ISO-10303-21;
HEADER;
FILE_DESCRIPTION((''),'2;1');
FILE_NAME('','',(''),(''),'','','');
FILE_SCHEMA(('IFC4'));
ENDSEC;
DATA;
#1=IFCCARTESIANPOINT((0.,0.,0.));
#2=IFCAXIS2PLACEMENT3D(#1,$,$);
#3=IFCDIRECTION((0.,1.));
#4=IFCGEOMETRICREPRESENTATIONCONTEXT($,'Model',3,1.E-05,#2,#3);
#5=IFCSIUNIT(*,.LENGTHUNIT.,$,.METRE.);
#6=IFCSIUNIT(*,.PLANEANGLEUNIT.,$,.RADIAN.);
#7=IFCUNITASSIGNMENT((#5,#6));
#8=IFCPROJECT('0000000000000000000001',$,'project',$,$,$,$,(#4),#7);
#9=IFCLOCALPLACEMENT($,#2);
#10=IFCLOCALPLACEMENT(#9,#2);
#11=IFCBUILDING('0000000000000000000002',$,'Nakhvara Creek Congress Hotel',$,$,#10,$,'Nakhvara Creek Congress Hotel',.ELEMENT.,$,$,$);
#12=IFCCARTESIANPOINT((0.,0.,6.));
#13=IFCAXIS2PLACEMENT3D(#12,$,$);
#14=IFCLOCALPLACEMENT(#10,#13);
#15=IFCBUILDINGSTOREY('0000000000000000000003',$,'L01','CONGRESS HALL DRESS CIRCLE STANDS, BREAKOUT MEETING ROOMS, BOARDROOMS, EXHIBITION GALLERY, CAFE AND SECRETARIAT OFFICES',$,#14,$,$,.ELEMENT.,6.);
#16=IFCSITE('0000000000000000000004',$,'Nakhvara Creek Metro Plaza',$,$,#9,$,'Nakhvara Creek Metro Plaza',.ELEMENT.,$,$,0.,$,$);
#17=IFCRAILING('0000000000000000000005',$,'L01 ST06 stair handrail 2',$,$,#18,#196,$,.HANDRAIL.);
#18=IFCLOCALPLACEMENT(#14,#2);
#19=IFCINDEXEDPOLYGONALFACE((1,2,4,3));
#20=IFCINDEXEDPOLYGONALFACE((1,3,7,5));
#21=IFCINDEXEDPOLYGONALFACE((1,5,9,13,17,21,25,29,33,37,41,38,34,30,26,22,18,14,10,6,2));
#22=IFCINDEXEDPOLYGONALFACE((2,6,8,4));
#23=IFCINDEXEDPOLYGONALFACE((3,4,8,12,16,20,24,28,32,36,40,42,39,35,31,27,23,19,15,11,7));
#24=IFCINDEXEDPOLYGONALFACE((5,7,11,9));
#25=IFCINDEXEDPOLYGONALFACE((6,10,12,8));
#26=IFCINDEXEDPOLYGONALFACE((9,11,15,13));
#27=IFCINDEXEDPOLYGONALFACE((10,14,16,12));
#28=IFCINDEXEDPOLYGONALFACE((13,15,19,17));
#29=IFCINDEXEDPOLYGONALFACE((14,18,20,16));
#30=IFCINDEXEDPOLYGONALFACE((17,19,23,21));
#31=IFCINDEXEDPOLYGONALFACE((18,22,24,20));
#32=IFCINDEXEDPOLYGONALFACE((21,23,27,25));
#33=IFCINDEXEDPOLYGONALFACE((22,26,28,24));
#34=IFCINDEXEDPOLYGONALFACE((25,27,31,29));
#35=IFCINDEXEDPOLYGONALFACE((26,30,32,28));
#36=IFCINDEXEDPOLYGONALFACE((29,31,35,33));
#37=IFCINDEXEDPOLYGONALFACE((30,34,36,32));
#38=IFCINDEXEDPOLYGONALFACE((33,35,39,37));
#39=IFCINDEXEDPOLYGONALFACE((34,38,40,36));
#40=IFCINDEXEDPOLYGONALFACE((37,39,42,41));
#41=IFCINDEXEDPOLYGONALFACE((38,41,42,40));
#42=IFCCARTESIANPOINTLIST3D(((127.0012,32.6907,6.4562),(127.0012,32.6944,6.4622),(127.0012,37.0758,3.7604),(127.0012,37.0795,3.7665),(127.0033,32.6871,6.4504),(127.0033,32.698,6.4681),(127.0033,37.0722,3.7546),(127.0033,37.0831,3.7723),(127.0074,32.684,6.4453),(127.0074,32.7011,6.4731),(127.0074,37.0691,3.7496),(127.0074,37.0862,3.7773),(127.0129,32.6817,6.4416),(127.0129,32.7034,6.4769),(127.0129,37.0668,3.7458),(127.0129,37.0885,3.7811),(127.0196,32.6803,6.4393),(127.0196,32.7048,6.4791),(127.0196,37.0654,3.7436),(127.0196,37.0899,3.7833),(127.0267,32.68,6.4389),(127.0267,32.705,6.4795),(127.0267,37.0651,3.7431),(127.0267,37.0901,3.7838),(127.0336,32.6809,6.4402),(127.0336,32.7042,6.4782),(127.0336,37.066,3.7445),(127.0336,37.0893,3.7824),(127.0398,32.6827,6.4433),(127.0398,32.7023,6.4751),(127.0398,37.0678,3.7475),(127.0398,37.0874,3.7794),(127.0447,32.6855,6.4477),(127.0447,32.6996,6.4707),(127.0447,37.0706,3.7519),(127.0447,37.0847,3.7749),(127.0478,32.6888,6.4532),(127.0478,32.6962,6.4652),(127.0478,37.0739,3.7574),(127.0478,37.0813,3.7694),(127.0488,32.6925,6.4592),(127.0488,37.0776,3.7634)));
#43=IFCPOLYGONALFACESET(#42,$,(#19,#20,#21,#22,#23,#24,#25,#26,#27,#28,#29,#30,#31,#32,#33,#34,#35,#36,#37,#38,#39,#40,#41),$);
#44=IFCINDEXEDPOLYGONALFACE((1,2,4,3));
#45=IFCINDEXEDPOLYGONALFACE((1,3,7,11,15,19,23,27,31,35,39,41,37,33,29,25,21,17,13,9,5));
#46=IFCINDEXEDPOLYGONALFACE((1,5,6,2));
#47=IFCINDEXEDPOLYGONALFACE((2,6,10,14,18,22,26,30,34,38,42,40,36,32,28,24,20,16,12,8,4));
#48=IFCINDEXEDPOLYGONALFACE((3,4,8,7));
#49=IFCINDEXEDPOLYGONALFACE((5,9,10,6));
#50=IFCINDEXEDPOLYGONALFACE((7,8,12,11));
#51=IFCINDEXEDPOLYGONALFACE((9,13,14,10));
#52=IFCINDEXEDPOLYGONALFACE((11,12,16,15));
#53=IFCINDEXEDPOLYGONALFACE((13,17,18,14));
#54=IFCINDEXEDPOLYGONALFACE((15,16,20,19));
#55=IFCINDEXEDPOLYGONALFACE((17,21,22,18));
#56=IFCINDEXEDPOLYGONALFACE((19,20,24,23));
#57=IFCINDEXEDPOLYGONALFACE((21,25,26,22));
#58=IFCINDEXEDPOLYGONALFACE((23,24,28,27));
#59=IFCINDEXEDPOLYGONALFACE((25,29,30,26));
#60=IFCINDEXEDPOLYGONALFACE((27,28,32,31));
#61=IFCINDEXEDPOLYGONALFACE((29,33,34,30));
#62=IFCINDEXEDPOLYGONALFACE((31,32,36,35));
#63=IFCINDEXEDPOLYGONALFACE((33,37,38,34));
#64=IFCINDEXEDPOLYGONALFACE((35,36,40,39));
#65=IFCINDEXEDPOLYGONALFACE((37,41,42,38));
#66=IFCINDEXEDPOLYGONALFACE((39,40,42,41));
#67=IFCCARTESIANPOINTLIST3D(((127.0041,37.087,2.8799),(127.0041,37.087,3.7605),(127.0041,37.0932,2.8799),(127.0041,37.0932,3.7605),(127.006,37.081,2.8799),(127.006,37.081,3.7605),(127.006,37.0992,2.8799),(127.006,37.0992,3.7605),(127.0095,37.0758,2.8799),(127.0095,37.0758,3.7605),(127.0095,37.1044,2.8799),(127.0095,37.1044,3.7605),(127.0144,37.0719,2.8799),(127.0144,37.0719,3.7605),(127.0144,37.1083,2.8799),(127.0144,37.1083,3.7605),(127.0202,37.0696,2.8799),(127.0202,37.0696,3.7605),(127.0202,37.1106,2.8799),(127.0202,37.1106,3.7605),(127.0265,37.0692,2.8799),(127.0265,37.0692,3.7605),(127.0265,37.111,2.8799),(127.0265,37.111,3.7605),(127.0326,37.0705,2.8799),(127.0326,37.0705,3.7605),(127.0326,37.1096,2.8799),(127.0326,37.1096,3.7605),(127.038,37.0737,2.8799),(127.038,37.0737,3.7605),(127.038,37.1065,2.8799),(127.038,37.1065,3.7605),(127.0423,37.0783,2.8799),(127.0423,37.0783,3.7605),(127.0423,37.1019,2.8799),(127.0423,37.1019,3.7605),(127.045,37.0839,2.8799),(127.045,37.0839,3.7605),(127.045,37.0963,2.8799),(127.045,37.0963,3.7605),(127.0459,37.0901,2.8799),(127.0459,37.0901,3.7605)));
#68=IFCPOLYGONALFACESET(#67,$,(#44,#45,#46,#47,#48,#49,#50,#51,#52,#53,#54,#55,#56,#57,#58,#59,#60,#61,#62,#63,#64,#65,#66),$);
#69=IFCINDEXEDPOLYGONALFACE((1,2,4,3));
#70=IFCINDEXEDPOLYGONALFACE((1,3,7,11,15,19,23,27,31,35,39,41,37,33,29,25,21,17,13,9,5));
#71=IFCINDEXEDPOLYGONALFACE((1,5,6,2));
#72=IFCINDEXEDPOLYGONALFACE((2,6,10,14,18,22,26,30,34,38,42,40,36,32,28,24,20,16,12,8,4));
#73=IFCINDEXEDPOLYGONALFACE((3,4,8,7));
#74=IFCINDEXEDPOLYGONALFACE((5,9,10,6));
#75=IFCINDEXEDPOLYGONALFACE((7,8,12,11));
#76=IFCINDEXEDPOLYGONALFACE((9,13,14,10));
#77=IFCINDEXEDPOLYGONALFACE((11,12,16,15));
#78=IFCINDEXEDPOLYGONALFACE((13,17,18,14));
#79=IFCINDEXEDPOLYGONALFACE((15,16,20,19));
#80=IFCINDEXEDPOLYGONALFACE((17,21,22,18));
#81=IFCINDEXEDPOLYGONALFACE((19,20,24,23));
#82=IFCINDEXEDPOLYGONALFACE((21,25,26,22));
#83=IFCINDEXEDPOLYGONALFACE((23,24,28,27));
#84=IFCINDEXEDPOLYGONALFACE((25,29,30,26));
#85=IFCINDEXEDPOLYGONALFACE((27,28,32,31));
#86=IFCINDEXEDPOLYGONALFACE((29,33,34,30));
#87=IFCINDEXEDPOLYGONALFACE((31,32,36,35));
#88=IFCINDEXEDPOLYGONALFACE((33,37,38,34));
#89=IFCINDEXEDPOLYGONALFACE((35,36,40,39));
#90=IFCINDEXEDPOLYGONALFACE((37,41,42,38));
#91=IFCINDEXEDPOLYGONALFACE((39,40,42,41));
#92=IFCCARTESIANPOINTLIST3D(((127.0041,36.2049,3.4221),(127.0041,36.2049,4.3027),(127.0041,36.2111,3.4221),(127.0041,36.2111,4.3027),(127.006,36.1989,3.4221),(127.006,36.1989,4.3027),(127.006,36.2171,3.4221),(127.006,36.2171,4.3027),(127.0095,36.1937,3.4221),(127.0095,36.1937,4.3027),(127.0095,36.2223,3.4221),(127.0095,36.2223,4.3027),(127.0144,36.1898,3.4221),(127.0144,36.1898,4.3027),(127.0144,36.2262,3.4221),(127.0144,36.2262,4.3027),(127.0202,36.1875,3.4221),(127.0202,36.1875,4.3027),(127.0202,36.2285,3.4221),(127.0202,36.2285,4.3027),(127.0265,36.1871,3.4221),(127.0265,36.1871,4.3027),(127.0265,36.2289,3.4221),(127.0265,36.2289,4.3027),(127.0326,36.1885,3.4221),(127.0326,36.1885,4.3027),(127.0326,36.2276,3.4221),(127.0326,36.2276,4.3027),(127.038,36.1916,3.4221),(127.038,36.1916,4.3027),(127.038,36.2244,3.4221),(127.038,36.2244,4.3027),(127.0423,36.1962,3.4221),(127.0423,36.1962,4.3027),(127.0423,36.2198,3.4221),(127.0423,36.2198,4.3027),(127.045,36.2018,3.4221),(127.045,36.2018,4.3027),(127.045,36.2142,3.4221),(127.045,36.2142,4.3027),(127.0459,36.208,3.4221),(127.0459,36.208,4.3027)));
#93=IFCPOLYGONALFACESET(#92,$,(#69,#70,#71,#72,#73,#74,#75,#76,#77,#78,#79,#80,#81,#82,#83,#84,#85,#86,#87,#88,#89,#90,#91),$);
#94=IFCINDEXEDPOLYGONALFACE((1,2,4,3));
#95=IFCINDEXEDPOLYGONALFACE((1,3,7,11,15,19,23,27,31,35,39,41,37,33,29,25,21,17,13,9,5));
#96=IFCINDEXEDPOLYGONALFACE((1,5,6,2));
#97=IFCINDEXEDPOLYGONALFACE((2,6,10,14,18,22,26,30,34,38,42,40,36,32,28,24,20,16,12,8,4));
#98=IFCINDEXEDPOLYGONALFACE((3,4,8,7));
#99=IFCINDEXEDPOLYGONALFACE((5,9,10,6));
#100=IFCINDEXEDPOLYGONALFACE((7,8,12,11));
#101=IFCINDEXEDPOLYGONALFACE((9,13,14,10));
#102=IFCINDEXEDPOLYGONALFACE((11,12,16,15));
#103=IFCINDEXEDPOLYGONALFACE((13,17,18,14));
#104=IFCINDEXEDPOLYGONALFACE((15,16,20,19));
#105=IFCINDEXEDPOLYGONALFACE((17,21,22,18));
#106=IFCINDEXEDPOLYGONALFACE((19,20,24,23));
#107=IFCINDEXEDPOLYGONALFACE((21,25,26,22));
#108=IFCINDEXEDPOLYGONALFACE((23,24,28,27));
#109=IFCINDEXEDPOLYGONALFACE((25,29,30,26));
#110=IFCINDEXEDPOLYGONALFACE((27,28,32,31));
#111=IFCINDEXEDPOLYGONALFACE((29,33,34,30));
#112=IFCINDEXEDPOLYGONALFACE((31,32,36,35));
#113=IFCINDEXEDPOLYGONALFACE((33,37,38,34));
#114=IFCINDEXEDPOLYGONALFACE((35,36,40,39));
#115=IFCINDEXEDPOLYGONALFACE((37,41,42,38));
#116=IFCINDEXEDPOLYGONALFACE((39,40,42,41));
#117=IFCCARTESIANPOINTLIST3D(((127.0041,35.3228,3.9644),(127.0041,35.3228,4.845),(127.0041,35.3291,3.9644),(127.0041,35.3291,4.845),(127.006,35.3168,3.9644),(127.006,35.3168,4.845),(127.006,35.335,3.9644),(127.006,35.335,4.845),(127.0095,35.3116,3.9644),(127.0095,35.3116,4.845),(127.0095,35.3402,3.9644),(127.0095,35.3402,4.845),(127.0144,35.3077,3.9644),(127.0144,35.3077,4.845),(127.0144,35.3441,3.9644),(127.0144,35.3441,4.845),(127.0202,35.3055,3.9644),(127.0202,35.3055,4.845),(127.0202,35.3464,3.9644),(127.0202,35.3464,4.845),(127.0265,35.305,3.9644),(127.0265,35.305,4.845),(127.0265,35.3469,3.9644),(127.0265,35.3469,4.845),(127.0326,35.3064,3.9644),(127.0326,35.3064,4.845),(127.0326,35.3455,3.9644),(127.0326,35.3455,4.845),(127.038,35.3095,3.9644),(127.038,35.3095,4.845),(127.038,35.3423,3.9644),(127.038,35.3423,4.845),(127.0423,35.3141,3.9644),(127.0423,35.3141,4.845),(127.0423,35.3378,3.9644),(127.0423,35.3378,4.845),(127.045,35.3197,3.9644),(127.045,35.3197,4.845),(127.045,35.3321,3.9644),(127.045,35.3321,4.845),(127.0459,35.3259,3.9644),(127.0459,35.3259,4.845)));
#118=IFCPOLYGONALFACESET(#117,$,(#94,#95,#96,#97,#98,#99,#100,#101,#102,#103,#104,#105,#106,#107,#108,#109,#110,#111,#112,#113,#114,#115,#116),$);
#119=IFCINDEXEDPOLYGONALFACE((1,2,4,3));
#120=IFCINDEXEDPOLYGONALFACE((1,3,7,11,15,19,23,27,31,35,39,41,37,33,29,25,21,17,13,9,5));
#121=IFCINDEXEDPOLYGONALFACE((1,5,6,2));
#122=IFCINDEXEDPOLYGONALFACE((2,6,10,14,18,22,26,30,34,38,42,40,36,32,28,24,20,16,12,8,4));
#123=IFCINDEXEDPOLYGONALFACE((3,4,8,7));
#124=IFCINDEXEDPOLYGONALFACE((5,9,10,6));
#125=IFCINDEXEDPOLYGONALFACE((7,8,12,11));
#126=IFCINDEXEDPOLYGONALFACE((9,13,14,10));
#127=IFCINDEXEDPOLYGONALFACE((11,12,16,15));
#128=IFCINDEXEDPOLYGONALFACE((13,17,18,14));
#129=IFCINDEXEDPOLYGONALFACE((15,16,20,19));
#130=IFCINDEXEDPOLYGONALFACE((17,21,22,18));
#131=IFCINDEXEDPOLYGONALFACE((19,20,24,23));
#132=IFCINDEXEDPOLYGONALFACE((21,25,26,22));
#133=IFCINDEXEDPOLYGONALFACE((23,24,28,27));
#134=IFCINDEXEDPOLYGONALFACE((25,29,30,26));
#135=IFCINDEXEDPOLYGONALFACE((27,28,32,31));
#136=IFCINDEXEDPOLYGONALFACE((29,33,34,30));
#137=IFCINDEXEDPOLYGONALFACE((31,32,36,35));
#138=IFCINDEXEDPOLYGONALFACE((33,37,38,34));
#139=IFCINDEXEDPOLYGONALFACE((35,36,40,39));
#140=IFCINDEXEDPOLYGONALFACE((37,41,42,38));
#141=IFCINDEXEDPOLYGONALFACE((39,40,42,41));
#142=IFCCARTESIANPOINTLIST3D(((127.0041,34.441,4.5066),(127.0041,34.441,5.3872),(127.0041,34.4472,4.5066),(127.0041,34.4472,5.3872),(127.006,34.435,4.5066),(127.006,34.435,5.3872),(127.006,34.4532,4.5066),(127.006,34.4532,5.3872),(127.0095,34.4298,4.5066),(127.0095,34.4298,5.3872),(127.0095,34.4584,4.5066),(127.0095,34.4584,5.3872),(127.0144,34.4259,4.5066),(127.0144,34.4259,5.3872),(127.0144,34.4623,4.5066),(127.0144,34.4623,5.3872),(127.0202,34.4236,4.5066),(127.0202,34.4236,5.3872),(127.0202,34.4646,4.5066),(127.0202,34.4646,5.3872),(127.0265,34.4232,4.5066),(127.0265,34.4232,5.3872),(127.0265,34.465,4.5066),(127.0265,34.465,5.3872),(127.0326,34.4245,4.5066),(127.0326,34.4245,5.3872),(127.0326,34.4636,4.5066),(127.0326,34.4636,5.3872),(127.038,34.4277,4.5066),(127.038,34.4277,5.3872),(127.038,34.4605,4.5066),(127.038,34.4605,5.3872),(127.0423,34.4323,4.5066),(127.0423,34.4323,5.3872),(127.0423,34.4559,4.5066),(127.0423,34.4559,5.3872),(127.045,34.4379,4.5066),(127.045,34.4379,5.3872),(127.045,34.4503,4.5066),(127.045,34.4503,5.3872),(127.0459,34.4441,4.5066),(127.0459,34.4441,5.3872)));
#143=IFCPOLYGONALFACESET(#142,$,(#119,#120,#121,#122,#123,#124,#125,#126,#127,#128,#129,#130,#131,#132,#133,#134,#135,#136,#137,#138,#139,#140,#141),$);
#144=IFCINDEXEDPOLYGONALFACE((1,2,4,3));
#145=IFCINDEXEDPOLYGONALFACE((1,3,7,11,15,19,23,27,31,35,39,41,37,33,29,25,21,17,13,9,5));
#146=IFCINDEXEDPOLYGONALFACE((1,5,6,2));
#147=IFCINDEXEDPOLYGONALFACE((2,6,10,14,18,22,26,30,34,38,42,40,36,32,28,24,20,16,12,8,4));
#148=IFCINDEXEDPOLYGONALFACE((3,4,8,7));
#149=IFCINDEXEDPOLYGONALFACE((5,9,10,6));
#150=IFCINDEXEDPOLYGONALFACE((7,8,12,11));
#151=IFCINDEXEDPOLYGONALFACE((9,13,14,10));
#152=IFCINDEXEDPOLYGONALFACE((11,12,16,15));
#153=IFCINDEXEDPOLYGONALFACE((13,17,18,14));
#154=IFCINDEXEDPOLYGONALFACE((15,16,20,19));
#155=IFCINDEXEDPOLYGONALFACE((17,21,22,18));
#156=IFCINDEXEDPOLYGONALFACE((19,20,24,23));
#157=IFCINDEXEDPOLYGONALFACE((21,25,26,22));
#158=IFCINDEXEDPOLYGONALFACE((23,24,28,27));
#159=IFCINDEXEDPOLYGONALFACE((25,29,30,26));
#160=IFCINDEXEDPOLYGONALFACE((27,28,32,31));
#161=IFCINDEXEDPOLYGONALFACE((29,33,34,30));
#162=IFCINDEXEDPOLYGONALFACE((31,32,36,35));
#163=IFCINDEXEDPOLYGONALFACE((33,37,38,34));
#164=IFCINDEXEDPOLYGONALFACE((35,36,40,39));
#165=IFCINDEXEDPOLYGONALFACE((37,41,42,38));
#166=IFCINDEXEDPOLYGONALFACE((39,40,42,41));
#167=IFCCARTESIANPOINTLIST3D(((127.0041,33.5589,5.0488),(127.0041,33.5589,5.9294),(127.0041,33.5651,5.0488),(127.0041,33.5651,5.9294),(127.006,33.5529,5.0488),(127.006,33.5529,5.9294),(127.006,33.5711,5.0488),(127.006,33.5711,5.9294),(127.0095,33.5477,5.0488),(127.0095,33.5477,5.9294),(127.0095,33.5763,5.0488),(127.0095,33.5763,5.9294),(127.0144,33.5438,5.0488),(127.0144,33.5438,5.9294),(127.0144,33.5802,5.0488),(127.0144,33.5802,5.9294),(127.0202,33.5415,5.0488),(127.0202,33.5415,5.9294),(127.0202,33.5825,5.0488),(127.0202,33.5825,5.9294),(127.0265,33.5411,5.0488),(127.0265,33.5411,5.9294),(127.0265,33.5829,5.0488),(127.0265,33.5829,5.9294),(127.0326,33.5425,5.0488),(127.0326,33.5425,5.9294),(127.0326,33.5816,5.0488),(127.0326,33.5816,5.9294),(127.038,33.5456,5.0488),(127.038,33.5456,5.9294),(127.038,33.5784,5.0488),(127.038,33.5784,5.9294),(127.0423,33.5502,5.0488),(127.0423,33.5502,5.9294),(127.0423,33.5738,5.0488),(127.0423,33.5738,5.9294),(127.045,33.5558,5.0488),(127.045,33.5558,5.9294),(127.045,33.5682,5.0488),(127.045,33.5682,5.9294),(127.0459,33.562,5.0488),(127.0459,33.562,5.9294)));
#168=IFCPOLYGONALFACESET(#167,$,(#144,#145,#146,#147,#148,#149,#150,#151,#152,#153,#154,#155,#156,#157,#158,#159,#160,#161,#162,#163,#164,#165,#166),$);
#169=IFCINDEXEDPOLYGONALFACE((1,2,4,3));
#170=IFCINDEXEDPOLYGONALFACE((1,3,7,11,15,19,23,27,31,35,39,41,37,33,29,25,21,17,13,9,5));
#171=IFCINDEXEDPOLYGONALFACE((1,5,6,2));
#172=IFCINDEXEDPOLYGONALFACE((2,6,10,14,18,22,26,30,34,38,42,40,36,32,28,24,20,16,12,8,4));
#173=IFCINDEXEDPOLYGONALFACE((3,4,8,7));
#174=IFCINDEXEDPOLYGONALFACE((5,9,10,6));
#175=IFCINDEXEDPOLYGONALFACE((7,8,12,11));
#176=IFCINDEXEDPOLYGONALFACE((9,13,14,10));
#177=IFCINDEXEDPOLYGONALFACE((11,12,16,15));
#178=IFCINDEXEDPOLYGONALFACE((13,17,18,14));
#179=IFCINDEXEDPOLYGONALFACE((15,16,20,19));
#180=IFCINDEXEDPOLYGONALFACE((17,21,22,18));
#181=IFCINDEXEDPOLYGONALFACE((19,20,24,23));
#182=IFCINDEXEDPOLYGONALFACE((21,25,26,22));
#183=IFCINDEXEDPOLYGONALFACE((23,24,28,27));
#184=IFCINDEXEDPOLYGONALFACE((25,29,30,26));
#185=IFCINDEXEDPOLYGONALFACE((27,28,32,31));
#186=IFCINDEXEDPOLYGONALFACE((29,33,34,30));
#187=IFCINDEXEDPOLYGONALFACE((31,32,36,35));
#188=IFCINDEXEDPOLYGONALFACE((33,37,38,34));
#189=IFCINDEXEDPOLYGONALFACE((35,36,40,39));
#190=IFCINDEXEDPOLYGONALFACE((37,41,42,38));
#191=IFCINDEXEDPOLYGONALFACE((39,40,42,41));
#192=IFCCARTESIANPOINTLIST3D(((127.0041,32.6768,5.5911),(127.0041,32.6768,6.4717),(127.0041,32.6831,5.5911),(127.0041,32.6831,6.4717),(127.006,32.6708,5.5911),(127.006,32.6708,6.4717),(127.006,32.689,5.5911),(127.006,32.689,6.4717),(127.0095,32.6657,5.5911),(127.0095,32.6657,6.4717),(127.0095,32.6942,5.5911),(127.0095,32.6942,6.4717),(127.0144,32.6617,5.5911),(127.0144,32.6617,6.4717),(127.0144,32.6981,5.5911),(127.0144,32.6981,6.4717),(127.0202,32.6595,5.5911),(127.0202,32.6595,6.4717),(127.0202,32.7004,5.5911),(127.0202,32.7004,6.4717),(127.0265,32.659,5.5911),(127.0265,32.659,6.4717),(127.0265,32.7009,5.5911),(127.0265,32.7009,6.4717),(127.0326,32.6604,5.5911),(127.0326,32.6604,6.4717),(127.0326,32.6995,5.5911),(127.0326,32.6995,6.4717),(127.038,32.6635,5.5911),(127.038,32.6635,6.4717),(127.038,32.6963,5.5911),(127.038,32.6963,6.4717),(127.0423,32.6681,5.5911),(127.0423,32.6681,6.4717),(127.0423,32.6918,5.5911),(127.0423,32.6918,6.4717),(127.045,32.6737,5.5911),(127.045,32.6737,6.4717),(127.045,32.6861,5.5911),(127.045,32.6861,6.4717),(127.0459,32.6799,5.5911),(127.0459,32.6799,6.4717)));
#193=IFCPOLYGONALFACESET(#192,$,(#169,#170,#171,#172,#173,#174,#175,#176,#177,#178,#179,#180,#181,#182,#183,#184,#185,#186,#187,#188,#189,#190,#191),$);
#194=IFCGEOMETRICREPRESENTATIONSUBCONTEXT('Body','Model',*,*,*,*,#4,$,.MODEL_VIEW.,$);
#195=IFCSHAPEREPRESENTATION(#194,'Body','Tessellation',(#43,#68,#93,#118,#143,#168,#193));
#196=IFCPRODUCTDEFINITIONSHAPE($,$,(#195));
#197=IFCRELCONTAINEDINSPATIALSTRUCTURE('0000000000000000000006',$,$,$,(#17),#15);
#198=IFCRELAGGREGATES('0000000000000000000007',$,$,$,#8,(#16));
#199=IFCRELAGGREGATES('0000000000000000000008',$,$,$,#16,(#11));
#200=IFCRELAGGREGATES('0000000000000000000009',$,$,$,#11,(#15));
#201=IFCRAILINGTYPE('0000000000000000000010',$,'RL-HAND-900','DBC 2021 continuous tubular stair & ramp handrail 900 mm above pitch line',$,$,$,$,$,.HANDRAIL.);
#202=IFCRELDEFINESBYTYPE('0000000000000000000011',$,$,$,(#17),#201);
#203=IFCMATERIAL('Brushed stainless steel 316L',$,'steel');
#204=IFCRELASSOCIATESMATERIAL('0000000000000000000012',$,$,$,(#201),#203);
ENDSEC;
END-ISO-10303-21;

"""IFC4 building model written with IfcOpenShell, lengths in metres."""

from ifc_helpers import new_model, si_unit, direction, frame, origin, origin_2d, place, context, subcontext, project, spatial, circle, extrude, material, type_object, element, save


model = new_model("IFC4")

# Units and contexts
model_context = context("Model", 3, precision=1e-05, world=origin(), true_north=direction((0.0, 1.0)))
body_context = subcontext(model_context, "Body", "Model", "MODEL_VIEW")
ifc_project = project(units=[si_unit("LENGTHUNIT", "METRE"), si_unit("PLANEANGLEUNIT", "RADIAN")], contexts=[model_context])

# Site, building, storey
site_placement = place(None, origin())
site = spatial("IfcSite", under=ifc_project, at=site_placement, Name="Nakhvara Creek Metro Plaza", LongName="Nakhvara Creek Metro Plaza", CompositionType="ELEMENT", RefElevation=0.0)
building_placement = place(site_placement, origin())
building = spatial("IfcBuilding", under=site, at=building_placement, Name="Nakhvara Creek Congress Hotel", LongName="Nakhvara Creek Congress Hotel", CompositionType="ELEMENT")
storey_placement = place(building_placement, frame((0.0, 0.0, 6.0)))
storey = spatial("IfcBuildingStorey", under=building, at=storey_placement, Name="L01", Description="CONGRESS HALL DRESS CIRCLE STANDS, BREAKOUT MEETING ROOMS, BOARDROOMS, EXHIBITION GALLERY, CAFE AND SECRETARIAT OFFICES", CompositionType="ELEMENT", Elevation=6.0)

# Railing
ifc_material_1 = material(Name="Brushed stainless steel 316L", Category="steel")
railing_type_1 = type_object("IfcRailingType", Name="RL-HAND-900", Description="DBC 2021 continuous tubular stair & ramp handrail 900 mm above pitch line", PredefinedType="HANDRAIL", material=ifc_material_1)
railing_1_placement = place(storey_placement, frame((127.0249, 37.0901, 2.8799)))
element("IfcRailing", 1, at=railing_1_placement, inside=storey, type_object=railing_type_1, Name="L01 ST06 stair handrail 2", PredefinedType="HANDRAIL", context=body_context, shape_type="SweptSolid", body=[
    extrude(circle(Radius=0.0239, at=origin_2d()), frame((0.0, -0.0125, 0.8835), z_axis=(0.0, -0.851896, 0.523711), x_axis=(1.0, 0.0, 0.0)), (0.0, 0.0, 1.0), 5.1475),
    extrude(circle(Radius=0.021, at=origin_2d()), origin(), (0.0, 0.0, 1.0), 0.8806),
    extrude(circle(Radius=0.021, at=origin_2d()), frame((0.0, -0.8821, 0.5422)), (0.0, 0.0, 1.0), 0.8806),
    extrude(circle(Radius=0.021, at=origin_2d()), frame((0.0, -1.7642, 1.0845)), (0.0, 0.0, 1.0), 0.8806),
    extrude(circle(Radius=0.021, at=origin_2d()), frame((0.0, -2.646, 1.6267)), (0.0, 0.0, 1.0), 0.8806),
    extrude(circle(Radius=0.021, at=origin_2d()), frame((0.0, -3.5281, 2.1689)), (0.0, 0.0, 1.0), 0.8806),
    extrude(circle(Radius=0.021, at=origin_2d()), frame((0.0, -4.4102, 2.7112)), (0.0, 0.0, 1.0), 0.8806),
])

save(model, "model.ifc")
